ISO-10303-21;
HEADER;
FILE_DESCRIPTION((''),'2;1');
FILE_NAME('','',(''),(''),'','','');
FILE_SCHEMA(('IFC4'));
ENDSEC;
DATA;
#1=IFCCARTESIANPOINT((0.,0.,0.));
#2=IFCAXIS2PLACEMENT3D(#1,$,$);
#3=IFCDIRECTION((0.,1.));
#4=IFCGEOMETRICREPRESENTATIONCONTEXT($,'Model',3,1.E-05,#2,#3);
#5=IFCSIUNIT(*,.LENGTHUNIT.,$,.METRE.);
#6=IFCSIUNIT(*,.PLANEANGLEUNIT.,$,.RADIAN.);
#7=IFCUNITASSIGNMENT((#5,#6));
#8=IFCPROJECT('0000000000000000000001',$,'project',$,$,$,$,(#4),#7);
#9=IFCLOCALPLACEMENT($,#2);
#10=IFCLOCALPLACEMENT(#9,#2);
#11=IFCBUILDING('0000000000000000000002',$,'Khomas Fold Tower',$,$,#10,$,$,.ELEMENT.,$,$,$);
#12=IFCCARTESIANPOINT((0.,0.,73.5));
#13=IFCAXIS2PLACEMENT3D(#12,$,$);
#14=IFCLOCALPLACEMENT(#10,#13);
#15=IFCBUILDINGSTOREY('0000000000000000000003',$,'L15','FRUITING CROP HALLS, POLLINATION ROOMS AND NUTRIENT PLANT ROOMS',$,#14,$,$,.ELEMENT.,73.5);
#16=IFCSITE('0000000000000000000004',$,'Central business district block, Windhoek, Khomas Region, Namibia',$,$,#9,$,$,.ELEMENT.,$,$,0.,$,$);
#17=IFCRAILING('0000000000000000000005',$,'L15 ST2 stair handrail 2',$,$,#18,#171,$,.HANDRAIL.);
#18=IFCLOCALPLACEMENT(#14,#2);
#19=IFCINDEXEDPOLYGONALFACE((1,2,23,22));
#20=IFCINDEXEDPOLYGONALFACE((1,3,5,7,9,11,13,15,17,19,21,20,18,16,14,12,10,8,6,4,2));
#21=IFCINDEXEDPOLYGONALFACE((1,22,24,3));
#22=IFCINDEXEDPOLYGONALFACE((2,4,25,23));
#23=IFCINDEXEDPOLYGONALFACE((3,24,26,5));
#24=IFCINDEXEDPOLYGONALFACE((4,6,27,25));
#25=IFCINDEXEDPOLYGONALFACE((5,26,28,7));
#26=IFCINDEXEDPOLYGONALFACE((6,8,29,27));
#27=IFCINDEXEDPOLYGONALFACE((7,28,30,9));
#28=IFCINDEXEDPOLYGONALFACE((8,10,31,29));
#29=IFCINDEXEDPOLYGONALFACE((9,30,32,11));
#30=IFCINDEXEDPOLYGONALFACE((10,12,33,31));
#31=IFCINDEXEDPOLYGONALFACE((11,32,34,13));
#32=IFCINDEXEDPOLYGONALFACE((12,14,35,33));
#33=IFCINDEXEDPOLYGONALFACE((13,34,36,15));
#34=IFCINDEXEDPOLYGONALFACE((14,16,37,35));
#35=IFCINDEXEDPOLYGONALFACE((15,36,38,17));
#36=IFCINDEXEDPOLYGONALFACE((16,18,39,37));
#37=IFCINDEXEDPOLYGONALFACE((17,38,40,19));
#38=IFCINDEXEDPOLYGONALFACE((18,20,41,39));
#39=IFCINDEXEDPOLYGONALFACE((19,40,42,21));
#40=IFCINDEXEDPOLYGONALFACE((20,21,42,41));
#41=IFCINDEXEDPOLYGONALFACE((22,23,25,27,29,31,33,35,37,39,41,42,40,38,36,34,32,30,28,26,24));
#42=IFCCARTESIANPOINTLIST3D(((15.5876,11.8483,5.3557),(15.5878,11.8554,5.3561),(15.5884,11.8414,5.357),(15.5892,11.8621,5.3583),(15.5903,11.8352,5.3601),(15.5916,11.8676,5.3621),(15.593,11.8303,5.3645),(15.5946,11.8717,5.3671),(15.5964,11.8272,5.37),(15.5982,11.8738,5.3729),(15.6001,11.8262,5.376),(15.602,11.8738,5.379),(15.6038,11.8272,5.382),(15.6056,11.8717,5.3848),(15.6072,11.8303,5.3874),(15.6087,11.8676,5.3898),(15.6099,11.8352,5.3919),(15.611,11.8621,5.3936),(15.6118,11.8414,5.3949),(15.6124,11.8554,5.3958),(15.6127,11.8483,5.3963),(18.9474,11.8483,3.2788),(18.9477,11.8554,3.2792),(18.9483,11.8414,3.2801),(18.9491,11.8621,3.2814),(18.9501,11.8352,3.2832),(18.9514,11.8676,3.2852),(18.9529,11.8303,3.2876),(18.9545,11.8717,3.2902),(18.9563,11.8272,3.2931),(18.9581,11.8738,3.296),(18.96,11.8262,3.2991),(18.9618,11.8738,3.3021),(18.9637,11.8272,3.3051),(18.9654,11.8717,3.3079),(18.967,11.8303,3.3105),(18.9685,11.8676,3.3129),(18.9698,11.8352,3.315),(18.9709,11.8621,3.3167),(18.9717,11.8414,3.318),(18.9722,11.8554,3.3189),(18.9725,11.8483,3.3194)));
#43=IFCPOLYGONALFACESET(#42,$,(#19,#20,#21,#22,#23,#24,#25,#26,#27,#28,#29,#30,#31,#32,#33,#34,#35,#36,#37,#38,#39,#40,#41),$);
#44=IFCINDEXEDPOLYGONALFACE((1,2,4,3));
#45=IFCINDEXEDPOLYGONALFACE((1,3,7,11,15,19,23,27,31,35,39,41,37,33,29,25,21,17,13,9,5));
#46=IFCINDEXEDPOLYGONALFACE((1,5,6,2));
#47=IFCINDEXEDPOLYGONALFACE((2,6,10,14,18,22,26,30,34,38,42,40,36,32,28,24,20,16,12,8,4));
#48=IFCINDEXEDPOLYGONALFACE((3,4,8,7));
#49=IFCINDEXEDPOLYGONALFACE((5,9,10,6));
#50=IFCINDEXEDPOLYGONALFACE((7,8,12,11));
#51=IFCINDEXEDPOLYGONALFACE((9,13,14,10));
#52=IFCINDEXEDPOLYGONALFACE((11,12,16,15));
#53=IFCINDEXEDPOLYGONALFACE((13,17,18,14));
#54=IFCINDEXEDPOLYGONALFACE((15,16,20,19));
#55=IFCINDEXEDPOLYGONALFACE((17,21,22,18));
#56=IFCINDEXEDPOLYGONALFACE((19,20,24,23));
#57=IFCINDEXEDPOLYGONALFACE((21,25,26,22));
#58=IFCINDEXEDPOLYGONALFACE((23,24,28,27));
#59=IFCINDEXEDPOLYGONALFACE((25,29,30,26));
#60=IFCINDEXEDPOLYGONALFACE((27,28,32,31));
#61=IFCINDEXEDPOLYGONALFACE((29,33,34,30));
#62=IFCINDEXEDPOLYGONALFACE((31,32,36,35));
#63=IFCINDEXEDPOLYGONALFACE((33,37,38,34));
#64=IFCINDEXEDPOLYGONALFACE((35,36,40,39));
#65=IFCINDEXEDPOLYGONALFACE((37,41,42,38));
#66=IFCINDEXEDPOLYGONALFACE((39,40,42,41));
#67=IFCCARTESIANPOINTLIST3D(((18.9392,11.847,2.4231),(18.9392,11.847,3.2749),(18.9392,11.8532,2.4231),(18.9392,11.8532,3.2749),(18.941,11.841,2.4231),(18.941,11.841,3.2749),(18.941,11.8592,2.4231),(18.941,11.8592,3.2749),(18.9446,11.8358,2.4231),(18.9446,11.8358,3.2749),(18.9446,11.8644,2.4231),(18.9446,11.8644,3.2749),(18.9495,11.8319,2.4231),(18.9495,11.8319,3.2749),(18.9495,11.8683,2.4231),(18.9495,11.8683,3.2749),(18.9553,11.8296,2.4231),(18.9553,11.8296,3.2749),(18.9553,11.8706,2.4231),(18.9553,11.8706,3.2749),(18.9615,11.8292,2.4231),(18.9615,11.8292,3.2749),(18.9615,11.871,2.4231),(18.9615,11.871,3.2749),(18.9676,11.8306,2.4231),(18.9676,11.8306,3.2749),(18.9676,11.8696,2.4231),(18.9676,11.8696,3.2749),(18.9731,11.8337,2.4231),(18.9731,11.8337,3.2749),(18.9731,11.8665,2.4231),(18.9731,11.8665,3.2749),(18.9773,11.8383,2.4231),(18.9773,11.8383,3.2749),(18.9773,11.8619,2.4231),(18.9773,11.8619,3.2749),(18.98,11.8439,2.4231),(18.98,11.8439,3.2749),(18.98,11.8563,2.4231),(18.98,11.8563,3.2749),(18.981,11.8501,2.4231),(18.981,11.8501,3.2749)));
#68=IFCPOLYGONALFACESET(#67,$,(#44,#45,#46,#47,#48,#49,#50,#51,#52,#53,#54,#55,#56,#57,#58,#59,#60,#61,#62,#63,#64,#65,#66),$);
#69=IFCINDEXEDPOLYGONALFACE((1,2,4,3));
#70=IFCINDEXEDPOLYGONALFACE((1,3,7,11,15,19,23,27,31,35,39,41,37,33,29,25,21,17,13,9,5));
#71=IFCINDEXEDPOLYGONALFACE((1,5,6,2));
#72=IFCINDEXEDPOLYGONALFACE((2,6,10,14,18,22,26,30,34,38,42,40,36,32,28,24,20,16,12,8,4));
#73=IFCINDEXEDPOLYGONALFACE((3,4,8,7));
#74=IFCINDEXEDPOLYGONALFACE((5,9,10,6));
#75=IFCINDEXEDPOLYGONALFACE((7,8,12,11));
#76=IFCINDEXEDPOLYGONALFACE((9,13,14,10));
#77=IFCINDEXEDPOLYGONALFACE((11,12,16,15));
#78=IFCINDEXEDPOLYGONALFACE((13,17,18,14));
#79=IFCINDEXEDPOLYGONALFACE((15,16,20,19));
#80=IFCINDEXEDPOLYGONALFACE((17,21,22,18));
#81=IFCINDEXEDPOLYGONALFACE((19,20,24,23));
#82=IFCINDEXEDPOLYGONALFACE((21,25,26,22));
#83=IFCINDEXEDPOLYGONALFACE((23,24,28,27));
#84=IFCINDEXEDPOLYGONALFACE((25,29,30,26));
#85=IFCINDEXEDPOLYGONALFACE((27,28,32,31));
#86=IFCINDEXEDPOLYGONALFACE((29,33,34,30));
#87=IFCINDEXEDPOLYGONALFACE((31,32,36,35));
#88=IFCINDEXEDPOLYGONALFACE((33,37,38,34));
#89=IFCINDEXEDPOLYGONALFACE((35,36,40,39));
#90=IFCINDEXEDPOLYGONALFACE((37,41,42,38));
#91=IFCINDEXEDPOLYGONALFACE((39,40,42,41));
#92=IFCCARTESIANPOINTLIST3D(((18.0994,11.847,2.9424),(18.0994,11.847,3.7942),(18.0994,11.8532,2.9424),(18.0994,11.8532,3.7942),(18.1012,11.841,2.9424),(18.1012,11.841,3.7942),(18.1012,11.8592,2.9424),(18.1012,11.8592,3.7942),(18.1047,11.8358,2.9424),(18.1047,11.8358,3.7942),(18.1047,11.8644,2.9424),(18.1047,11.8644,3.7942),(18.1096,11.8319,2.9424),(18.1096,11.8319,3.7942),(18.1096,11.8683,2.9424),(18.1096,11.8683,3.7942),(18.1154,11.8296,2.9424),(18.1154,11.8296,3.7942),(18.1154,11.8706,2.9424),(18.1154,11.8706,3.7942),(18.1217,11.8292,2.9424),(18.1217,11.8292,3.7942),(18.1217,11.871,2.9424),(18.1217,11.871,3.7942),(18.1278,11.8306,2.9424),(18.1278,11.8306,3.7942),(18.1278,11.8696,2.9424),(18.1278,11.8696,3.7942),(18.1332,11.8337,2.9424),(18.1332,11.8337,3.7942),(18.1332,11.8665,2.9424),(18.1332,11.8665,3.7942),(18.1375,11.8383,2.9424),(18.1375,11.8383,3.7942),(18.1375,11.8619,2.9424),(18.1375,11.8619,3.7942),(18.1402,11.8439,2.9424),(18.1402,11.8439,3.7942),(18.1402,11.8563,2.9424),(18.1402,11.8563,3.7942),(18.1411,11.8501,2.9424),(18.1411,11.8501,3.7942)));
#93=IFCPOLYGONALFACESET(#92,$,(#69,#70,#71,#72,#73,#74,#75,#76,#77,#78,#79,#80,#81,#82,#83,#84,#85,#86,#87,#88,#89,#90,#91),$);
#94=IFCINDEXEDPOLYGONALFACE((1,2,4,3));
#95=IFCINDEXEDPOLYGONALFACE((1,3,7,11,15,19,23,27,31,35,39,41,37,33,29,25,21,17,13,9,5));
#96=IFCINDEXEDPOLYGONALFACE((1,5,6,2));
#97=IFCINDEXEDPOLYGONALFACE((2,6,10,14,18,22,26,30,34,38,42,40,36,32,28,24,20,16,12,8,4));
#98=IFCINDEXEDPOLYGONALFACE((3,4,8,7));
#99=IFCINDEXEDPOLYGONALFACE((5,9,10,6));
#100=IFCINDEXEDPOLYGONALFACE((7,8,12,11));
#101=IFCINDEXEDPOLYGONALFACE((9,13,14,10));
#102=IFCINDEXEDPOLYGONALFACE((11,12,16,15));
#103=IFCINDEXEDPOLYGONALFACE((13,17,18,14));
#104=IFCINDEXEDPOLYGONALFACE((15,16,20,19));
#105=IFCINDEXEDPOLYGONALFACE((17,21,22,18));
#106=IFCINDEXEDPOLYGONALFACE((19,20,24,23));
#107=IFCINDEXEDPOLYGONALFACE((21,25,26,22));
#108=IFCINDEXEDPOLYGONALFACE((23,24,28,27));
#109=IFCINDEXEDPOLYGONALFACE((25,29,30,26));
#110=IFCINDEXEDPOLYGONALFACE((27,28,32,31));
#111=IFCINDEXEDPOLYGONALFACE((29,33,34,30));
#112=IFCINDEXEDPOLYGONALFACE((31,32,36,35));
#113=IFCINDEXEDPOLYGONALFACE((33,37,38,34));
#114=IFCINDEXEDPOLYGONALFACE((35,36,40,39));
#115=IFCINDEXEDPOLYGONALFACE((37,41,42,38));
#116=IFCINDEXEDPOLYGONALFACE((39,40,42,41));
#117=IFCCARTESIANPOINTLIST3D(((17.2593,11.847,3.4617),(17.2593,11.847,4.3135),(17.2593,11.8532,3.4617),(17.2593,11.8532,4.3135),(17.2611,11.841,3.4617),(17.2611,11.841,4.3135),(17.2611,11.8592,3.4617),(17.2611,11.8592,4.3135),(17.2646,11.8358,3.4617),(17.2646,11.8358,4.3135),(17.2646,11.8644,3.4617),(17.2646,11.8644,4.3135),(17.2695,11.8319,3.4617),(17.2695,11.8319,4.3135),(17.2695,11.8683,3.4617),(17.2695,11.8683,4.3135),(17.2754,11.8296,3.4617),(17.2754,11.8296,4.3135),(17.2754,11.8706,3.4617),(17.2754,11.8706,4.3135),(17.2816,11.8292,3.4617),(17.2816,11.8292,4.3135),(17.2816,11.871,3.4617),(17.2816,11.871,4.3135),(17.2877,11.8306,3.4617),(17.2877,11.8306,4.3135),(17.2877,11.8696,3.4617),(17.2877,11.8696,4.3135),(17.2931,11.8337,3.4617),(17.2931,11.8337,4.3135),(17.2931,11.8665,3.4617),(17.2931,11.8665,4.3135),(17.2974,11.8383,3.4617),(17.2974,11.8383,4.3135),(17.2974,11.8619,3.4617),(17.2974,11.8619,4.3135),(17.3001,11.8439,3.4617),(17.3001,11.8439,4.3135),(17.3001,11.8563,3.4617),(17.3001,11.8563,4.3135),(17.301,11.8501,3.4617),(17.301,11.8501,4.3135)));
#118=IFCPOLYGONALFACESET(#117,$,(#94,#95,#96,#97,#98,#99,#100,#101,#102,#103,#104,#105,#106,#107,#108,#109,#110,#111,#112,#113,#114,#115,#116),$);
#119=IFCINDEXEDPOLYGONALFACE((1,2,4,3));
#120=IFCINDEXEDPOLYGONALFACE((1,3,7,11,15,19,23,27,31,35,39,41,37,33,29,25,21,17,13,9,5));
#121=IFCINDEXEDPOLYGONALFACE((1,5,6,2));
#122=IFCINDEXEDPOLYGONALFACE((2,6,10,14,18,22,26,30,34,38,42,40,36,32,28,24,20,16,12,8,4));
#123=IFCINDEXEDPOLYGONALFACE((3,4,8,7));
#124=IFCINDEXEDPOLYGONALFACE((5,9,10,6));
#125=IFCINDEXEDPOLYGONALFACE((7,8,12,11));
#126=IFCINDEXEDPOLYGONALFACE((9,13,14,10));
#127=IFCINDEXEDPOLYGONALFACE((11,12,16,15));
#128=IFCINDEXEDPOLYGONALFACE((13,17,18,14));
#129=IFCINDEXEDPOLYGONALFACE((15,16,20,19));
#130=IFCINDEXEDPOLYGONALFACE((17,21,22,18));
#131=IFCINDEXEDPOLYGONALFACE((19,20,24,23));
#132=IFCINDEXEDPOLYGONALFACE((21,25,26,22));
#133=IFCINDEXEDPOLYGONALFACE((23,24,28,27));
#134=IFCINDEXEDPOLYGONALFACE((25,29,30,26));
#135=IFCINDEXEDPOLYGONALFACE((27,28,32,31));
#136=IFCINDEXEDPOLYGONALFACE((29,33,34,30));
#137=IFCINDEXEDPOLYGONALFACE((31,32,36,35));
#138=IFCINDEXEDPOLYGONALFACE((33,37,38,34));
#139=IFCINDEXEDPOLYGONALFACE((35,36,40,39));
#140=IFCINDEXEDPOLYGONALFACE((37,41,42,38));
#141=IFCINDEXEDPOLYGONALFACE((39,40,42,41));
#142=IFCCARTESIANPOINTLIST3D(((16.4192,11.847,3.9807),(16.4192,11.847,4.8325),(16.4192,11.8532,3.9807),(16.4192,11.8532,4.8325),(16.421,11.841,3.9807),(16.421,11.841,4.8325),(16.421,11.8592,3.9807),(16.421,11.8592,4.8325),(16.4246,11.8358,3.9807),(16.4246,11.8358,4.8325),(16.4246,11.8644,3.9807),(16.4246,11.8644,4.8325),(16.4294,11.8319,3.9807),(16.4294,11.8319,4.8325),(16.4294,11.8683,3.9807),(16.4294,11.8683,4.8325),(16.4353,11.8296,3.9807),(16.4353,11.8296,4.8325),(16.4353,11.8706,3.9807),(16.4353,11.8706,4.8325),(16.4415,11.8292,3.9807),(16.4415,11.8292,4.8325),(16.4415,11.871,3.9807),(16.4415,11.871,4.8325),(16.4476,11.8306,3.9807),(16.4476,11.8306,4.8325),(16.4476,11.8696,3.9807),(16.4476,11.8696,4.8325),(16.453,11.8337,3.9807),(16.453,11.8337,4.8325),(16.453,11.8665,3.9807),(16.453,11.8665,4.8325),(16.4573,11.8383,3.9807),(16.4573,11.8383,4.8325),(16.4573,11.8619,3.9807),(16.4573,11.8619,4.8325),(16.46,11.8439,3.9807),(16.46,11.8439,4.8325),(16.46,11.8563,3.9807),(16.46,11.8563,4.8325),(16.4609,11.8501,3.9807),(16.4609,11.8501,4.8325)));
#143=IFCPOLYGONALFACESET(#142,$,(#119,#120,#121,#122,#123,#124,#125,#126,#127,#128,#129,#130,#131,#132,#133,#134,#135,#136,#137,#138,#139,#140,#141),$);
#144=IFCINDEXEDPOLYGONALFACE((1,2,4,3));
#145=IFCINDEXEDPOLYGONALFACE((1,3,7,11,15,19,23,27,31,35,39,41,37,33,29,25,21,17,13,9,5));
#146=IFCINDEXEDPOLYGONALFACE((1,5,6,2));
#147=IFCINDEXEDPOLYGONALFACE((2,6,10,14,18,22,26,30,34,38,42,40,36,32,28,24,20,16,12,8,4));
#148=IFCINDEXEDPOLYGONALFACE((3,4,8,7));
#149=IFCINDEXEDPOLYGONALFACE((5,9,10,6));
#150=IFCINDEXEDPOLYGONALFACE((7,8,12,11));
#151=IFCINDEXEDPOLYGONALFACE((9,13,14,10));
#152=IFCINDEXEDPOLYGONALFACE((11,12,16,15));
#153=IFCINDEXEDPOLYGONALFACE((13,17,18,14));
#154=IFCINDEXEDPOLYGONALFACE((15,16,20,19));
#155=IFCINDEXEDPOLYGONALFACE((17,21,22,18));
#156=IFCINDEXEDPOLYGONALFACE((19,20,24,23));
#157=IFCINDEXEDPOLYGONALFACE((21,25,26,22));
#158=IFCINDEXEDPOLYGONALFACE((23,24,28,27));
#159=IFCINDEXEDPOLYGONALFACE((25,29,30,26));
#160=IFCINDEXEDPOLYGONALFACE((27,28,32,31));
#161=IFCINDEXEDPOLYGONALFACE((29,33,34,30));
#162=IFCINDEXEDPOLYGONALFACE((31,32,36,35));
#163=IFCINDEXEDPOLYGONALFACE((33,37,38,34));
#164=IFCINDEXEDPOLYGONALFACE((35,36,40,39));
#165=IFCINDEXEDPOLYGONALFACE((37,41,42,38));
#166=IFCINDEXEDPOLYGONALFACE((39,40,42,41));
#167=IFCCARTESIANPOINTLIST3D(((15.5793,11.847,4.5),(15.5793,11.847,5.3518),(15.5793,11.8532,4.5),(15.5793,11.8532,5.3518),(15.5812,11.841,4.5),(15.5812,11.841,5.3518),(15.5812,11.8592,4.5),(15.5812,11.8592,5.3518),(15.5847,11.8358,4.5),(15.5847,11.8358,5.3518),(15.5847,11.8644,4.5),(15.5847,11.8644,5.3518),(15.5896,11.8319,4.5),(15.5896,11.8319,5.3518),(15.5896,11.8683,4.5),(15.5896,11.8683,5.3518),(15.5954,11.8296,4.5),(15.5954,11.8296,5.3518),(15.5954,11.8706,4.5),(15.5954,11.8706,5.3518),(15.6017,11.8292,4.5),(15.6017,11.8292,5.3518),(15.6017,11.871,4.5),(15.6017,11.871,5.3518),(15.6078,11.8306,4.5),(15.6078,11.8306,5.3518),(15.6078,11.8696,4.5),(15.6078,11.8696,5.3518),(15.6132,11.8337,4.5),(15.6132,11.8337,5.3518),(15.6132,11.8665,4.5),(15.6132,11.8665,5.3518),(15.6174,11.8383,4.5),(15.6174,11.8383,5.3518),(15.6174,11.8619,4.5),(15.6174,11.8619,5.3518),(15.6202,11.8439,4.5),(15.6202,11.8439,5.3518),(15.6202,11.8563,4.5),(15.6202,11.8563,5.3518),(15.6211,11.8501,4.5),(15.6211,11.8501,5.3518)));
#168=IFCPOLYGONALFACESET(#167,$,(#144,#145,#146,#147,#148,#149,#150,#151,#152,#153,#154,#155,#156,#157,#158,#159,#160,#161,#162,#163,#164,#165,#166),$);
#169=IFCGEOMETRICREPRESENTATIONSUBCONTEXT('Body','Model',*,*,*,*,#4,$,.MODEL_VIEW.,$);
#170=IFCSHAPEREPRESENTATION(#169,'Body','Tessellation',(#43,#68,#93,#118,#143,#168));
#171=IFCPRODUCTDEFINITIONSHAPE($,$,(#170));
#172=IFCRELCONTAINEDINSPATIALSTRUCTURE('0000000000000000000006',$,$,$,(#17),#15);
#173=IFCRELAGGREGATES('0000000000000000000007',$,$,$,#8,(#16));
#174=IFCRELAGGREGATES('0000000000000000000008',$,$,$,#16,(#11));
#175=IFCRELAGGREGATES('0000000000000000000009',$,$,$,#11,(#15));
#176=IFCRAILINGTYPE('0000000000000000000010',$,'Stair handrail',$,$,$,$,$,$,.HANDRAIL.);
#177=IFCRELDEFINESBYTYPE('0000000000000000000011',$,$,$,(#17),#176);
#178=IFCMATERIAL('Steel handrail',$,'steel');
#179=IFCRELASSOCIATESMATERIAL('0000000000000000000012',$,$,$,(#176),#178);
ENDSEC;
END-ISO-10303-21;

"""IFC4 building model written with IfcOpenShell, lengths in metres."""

from ifc_helpers import new_model, si_unit, direction, frame, origin, origin_2d, place, context, subcontext, project, spatial, circle, extrude, source, transform, mapped, material, type_object, element, save


model = new_model("IFC4")

# Units and contexts
model_context = context("Model", 3, precision=1e-05, world=origin(), true_north=direction((0.0, 1.0)))
body_context = subcontext(model_context, "Body", "Model", "MODEL_VIEW")
ifc_project = project(units=[si_unit("LENGTHUNIT", "METRE"), si_unit("PLANEANGLEUNIT", "RADIAN")], contexts=[model_context])

# Site, building, storey
site_placement = place(None, origin())
site = spatial("IfcSite", under=ifc_project, at=site_placement, Name="Central business district block, Windhoek, Khomas Region, Namibia", CompositionType="ELEMENT", RefElevation=0.0)
building_placement = place(site_placement, origin())
building = spatial("IfcBuilding", under=site, at=building_placement, Name="Khomas Fold Tower", CompositionType="ELEMENT")
storey_placement = place(building_placement, frame((0.0, 0.0, 73.5)))
storey = spatial("IfcBuildingStorey", under=building, at=storey_placement, Name="L15", Description="FRUITING CROP HALLS, POLLINATION ROOMS AND NUTRIENT PLANT ROOMS", CompositionType="ELEMENT", Elevation=73.5)

# Railing
ifc_material_1 = material(Name="Steel handrail", Category="steel")
railing_type_1 = type_object("IfcRailingType", Name="Stair handrail", PredefinedType="HANDRAIL", material=ifc_material_1)
shared_shape_1 = source(origin(), body_context, "Body", "SweptSolid", [
    extrude(circle(Radius=0.0239, at=origin_2d()), frame((0.0, 0.0, 0.876), z_axis=(-0.850606, 0.0, 0.525803), x_axis=(0.0, -1.0, 0.0)), (0.0, 0.0, 1.0), 3.95),
    extrude(circle(Radius=0.021, at=origin_2d()), origin(), (0.0, 0.0, 1.0), 0.8518),
    extrude(circle(Radius=0.021, at=origin_2d()), frame((-0.8398, 0.0, 0.5193)), (0.0, 0.0, 1.0), 0.8518),
    extrude(circle(Radius=0.021, at=origin_2d()), frame((-1.6799, 0.0, 1.0386)), (0.0, 0.0, 1.0), 0.8518),
    extrude(circle(Radius=0.021, at=origin_2d()), frame((-2.52, 0.0, 1.5576)), (0.0, 0.0, 1.0), 0.8518),
    extrude(circle(Radius=0.021, at=origin_2d()), frame((-3.3599, 0.0, 2.0769)), (0.0, 0.0, 1.0), 0.8518),
])
railing_1_placement = place(storey_placement, frame((18.96, 11.8501, 2.4231)))
element("IfcRailing", 1, at=railing_1_placement, inside=storey, type_object=railing_type_1, Name="L15 ST2 stair handrail 2", PredefinedType="HANDRAIL", context=body_context, shape_type="MappedRepresentation", body=[
    mapped(shared_shape_1, transform((0.0, 0.0, 0.0))),
])

save(model, "model.ifc")
